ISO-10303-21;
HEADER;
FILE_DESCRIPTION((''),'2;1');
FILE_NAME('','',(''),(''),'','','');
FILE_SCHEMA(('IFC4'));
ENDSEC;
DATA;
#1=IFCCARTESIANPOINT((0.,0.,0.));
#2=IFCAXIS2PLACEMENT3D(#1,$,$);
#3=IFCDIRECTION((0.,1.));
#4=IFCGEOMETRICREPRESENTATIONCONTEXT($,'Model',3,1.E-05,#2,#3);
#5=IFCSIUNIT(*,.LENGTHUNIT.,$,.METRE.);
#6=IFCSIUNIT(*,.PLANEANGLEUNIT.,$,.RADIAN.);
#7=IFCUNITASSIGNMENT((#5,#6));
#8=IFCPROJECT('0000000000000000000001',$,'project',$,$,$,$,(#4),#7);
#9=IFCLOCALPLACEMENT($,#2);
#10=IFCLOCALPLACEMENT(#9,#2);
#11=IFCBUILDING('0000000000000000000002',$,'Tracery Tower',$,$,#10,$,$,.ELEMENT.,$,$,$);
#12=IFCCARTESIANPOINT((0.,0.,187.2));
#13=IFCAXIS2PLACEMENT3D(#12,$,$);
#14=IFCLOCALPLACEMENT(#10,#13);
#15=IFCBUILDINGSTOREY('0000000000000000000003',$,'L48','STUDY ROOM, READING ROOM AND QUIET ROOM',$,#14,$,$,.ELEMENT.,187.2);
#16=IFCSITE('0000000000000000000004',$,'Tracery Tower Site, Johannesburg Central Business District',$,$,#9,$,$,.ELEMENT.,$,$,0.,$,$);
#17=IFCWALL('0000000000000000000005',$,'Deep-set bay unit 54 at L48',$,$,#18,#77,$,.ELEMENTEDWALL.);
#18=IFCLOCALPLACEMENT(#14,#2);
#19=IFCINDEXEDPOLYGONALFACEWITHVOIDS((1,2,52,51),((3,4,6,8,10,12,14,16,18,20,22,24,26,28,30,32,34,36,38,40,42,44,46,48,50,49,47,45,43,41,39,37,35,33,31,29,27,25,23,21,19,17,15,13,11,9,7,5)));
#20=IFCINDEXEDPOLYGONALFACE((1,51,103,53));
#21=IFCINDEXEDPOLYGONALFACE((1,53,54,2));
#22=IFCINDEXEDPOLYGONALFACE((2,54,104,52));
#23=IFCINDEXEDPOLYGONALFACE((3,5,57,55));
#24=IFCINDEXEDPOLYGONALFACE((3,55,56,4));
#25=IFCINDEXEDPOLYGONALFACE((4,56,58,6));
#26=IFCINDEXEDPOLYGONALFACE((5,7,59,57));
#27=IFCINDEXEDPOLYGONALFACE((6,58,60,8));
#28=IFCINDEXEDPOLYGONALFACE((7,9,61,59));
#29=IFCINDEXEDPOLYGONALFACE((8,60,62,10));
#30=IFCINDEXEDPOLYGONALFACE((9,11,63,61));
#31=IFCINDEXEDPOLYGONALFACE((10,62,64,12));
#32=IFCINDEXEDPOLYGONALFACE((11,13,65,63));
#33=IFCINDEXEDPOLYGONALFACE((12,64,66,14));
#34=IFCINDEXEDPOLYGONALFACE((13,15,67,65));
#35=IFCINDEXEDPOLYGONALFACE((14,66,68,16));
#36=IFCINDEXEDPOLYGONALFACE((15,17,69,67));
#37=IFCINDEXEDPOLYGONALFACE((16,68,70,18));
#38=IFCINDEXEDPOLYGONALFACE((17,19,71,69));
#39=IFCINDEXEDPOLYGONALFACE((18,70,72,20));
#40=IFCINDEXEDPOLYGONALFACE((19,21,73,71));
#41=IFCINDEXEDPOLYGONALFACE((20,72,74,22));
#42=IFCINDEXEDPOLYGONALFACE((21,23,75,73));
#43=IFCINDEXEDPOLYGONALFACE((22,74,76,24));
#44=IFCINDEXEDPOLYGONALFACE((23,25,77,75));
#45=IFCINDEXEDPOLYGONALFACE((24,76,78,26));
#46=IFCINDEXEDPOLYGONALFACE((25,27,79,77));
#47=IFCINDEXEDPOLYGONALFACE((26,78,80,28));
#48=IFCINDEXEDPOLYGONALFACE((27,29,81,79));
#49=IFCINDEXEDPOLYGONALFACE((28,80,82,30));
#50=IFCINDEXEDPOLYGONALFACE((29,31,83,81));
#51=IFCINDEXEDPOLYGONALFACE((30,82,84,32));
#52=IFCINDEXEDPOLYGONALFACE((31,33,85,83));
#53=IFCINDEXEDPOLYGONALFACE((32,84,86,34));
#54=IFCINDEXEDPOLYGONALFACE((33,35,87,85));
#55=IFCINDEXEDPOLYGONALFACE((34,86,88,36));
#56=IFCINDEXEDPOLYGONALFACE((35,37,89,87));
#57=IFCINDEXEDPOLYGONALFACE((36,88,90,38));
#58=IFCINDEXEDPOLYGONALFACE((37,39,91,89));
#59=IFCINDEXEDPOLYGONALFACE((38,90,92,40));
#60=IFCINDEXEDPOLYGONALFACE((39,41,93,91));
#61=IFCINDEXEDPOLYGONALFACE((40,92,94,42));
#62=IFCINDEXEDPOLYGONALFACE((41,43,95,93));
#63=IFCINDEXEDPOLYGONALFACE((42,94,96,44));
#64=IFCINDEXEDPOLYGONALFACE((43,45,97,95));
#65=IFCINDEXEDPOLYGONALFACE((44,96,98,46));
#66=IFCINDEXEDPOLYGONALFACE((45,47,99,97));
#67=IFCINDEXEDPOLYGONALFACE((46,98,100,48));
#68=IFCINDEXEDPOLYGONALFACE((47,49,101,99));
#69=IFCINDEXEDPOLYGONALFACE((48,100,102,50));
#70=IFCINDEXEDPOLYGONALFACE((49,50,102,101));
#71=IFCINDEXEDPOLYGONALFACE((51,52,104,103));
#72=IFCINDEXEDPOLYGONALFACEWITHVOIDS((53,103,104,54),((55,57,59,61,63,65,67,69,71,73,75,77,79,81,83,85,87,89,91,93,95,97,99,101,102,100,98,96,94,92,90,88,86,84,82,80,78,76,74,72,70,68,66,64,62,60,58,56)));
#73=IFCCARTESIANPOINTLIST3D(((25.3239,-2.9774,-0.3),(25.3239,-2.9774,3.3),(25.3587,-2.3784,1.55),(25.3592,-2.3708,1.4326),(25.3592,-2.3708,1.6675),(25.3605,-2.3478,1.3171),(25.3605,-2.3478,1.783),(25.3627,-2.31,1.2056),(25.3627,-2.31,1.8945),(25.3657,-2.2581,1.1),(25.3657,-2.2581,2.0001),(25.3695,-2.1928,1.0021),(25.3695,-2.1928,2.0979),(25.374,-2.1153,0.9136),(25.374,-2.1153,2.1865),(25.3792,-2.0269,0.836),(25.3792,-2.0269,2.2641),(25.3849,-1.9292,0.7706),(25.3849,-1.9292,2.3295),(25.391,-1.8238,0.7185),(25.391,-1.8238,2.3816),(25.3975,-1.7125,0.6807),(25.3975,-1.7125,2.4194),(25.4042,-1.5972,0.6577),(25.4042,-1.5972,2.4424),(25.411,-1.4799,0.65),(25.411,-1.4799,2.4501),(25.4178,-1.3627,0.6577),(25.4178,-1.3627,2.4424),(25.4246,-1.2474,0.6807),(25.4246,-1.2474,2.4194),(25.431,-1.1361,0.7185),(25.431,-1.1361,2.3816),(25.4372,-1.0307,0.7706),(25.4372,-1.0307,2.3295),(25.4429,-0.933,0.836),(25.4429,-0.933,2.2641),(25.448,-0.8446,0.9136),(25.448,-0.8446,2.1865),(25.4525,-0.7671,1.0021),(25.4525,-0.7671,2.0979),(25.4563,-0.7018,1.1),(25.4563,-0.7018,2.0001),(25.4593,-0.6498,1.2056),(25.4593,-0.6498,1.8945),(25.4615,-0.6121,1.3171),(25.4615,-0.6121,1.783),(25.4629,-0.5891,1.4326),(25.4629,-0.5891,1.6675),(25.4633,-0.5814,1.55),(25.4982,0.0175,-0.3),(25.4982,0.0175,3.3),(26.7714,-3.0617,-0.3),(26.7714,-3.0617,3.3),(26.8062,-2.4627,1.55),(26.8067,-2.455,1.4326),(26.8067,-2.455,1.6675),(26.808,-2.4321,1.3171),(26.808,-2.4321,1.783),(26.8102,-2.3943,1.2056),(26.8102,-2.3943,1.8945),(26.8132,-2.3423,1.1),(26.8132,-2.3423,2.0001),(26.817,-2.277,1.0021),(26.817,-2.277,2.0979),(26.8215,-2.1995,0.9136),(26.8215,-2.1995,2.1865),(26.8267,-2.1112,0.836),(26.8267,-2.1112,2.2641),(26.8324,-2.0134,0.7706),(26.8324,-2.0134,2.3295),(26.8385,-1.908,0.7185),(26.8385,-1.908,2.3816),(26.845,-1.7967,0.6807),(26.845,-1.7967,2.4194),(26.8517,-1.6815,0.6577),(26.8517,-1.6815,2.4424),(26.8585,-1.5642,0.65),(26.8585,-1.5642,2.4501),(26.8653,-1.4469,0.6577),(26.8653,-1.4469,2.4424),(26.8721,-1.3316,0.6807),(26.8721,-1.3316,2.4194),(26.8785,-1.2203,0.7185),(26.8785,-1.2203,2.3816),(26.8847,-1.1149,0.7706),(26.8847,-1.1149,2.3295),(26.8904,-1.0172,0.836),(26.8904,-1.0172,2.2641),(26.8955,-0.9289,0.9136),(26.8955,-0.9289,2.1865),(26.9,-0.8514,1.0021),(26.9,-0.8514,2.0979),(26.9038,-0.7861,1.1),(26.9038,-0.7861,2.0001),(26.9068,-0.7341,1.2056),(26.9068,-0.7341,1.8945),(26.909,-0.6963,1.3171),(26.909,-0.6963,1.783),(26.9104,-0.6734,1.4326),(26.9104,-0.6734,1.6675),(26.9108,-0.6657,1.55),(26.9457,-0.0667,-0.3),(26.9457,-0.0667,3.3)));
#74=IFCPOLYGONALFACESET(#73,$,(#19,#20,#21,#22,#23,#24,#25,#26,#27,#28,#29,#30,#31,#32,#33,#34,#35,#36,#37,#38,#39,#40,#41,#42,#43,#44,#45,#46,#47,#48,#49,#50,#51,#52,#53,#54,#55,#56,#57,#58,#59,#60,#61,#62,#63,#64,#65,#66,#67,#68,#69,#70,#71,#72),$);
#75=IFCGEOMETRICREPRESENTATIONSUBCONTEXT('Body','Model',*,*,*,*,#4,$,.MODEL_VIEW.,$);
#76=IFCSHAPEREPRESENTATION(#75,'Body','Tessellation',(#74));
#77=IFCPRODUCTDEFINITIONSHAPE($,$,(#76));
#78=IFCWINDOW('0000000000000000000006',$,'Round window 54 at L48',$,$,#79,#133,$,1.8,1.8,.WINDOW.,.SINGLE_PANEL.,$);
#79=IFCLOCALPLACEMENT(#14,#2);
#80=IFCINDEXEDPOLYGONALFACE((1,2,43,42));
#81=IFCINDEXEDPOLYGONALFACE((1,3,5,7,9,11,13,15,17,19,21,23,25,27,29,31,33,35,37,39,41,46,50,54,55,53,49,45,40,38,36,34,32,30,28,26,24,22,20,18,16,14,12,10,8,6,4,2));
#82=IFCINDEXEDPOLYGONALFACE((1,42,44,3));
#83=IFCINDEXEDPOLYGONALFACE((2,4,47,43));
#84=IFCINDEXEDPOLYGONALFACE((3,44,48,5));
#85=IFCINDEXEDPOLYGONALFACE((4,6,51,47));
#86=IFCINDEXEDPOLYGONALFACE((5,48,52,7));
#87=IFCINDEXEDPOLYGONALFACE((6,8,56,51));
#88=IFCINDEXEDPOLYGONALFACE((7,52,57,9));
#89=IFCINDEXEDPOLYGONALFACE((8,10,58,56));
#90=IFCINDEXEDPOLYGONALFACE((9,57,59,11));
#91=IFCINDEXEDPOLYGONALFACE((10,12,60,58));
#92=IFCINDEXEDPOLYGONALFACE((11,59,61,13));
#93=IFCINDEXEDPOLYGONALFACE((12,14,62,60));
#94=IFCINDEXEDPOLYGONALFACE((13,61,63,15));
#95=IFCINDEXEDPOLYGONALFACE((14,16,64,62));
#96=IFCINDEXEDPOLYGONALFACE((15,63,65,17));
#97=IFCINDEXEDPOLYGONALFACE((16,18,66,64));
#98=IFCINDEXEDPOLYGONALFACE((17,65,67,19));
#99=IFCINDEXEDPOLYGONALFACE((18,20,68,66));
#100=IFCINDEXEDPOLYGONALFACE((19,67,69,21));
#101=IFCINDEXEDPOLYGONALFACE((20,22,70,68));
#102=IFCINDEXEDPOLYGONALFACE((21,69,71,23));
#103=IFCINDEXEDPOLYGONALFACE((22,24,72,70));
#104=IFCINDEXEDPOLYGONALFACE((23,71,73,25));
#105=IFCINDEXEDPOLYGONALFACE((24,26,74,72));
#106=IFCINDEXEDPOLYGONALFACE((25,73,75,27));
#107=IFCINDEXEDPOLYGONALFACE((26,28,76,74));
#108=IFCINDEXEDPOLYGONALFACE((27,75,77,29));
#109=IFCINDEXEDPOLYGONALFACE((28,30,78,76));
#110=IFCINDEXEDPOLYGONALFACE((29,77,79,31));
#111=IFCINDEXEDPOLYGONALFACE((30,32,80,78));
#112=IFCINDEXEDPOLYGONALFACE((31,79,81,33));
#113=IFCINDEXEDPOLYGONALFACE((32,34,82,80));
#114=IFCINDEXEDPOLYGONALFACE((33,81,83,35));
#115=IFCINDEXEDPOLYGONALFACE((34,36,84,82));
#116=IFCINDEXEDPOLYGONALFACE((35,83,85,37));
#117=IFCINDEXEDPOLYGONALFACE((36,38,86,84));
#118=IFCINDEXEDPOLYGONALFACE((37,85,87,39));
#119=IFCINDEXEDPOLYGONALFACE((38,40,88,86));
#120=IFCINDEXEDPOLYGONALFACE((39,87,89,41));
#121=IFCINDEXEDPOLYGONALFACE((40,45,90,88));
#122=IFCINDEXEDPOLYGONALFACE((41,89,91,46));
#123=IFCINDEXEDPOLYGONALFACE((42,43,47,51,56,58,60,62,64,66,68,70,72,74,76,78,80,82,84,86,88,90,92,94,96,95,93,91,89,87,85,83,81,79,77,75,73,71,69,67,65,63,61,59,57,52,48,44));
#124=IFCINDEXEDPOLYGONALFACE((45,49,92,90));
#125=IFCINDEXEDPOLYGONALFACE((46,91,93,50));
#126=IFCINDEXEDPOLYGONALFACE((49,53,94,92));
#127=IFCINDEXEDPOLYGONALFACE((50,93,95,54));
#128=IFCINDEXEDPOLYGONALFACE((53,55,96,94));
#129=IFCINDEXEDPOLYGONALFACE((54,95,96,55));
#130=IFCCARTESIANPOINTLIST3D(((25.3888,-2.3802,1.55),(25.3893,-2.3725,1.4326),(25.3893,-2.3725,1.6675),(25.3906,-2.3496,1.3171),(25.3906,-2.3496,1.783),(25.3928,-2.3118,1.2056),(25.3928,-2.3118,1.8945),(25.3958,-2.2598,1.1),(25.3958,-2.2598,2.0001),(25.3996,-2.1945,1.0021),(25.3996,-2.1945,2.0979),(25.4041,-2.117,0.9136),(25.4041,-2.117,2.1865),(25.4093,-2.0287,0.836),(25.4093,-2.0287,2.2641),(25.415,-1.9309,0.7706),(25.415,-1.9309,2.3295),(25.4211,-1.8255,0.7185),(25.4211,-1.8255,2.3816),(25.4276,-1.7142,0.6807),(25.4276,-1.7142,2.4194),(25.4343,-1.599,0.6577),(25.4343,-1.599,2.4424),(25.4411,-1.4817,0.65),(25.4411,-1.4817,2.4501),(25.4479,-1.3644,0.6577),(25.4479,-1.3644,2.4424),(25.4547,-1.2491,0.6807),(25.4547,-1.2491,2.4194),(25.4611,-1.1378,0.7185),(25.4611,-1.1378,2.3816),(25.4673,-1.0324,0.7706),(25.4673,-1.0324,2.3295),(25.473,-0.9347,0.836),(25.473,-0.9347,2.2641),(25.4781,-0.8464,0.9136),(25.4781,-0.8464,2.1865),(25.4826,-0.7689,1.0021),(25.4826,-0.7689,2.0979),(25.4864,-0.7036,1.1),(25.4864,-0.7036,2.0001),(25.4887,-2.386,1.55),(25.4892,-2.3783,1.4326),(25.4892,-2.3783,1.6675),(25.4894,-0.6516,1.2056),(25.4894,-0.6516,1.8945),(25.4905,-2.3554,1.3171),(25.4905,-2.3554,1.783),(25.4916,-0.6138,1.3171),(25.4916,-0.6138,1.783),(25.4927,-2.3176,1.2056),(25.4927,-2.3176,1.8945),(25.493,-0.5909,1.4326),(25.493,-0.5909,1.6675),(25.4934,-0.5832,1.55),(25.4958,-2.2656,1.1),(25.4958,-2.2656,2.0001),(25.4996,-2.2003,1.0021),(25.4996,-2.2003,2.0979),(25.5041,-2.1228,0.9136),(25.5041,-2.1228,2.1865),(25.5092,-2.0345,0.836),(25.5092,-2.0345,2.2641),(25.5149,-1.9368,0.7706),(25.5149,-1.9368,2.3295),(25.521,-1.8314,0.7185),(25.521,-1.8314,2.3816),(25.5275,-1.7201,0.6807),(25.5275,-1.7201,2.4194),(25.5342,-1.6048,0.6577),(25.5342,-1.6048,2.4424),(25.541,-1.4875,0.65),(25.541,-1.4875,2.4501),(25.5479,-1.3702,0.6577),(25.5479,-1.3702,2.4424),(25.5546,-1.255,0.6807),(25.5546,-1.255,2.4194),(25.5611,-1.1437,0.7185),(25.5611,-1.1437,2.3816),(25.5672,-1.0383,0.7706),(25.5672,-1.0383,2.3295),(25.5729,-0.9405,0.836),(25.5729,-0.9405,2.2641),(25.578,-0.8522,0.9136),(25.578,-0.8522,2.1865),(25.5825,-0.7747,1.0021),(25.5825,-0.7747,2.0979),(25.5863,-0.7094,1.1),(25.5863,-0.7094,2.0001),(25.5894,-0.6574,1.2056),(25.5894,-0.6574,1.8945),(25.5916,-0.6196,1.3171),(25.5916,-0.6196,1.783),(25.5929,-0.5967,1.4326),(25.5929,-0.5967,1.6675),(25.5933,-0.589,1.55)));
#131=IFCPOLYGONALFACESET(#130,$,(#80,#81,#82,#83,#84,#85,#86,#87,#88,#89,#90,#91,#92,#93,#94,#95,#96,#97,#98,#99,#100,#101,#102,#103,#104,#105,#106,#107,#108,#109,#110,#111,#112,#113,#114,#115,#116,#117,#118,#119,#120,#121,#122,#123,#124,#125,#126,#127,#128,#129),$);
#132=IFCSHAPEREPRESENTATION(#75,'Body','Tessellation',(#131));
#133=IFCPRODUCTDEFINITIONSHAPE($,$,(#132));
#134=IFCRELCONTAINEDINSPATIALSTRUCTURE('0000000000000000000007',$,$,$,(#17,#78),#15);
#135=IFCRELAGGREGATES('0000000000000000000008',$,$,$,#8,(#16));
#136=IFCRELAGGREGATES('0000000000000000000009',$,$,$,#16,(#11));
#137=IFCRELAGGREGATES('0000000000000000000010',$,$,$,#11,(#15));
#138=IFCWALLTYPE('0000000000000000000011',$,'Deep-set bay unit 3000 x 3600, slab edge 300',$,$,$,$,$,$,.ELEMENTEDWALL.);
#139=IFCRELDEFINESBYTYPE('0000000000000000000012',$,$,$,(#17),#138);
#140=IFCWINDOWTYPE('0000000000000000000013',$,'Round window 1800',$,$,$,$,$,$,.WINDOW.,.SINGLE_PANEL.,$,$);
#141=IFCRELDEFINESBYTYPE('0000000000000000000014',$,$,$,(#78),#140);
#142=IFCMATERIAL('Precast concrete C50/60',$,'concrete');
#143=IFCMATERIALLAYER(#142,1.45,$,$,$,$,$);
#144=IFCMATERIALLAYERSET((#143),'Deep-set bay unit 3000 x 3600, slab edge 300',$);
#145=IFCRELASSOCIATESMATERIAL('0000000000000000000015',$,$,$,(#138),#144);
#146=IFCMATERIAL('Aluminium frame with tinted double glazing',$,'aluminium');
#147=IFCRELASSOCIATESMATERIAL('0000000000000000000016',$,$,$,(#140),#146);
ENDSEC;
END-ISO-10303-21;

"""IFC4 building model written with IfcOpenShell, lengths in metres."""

from ifc_helpers import new_model, si_unit, direction, frame, frame_2d, origin, origin_2d, place, context, subcontext, project, spatial, rectangle, circle, extrude, material, layer, layer_set, type_object, element, fill, save


model = new_model("IFC4")

# Units and contexts
model_context = context("Model", 3, precision=1e-05, world=origin(), true_north=direction((0.0, 1.0)))
body_context = subcontext(model_context, "Body", "Model", "MODEL_VIEW")
ifc_project = project(units=[si_unit("LENGTHUNIT", "METRE"), si_unit("PLANEANGLEUNIT", "RADIAN")], contexts=[model_context])

# Site, building, storey
site_placement = place(None, origin())
site = spatial("IfcSite", under=ifc_project, at=site_placement, Name="Tracery Tower Site, Johannesburg Central Business District", CompositionType="ELEMENT", RefElevation=0.0)
building_placement = place(site_placement, origin())
building = spatial("IfcBuilding", under=site, at=building_placement, Name="Tracery Tower", CompositionType="ELEMENT")
storey_placement = place(building_placement, frame((0.0, 0.0, 187.2)))
storey = spatial("IfcBuildingStorey", under=building, at=storey_placement, Name="L48", Description="STUDY ROOM, READING ROOM AND QUIET ROOM", CompositionType="ELEMENT", Elevation=187.2)

# Wall, opening, window
ifc_material_1 = material(Name="Precast concrete C50/60", Category="concrete")
ifc_layer_1 = layer(ifc_material_1, 1.45)
ifc_layer_set_1 = layer_set([ifc_layer_1], Name="Deep-set bay unit 3000 x 3600, slab edge 300")
wall_type_1 = type_object("IfcWallType", Name="Deep-set bay unit 3000 x 3600, slab edge 300", PredefinedType="ELEMENTEDWALL", material=ifc_layer_set_1)
ifc_material_2 = material(Name="Aluminium frame with tinted double glazing", Category="aluminium")
window_type = type_object("IfcWindowType", Name="Round window 1800", PartitioningType="SINGLE_PANEL", PredefinedType="WINDOW", material=ifc_material_2)
wall_1_placement = place(storey_placement, frame((26.0476, -3.0195, -0.3), z_axis=(0.0, 0.0, 1.0), x_axis=(0.058107, 0.99831, 0.0)))
wall_1 = element("IfcWall", 1, at=wall_1_placement, inside=storey, type_object=wall_type_1, Name="Deep-set bay unit 54 at L48", PredefinedType="ELEMENTEDWALL", context=body_context, shape_type="SweptSolid", body=[
    extrude(rectangle(XDim=3.0, YDim=1.45, at=frame_2d((1.5, 0.0))), origin(), (0.0, 0.0, 1.0), 3.6001),
])
opening_1_placement = place(wall_1_placement, frame((1.5, 0.0, 1.8501)))
opening_1 = element("IfcOpeningElement", 2, at=opening_1_placement, cuts=wall_1, PredefinedType="OPENING", context=body_context, shape_type="SweptSolid", body=[
    extrude(circle(Radius=0.9, at=origin_2d()), frame((0.0, 0.7349, 0.0), z_axis=(0.0, -1.0, 0.0), x_axis=(1.0, 0.0, 0.0)), (0.0, 0.0, 1.0), 1.47),
])
window_1_placement = place(opening_1_placement, origin())
window_1 = element("IfcWindow", 3, at=window_1_placement, inside=storey, type_object=window_type, Name="Round window 54 at L48", OverallHeight=1.8, OverallWidth=1.8, PartitioningType="SINGLE_PANEL", PredefinedType="WINDOW", context=body_context, shape_type="SweptSolid", body=[
    extrude(circle(Radius=0.9, at=origin_2d()), frame((0.0, 0.6948, 0.0), z_axis=(0.0, -1.0, 0.0), x_axis=(1.0, 0.0, 0.0)), (0.0, 0.0, 1.0), 0.1001),
])
fill(opening_1, window_1)

save(model, "model.ifc")
